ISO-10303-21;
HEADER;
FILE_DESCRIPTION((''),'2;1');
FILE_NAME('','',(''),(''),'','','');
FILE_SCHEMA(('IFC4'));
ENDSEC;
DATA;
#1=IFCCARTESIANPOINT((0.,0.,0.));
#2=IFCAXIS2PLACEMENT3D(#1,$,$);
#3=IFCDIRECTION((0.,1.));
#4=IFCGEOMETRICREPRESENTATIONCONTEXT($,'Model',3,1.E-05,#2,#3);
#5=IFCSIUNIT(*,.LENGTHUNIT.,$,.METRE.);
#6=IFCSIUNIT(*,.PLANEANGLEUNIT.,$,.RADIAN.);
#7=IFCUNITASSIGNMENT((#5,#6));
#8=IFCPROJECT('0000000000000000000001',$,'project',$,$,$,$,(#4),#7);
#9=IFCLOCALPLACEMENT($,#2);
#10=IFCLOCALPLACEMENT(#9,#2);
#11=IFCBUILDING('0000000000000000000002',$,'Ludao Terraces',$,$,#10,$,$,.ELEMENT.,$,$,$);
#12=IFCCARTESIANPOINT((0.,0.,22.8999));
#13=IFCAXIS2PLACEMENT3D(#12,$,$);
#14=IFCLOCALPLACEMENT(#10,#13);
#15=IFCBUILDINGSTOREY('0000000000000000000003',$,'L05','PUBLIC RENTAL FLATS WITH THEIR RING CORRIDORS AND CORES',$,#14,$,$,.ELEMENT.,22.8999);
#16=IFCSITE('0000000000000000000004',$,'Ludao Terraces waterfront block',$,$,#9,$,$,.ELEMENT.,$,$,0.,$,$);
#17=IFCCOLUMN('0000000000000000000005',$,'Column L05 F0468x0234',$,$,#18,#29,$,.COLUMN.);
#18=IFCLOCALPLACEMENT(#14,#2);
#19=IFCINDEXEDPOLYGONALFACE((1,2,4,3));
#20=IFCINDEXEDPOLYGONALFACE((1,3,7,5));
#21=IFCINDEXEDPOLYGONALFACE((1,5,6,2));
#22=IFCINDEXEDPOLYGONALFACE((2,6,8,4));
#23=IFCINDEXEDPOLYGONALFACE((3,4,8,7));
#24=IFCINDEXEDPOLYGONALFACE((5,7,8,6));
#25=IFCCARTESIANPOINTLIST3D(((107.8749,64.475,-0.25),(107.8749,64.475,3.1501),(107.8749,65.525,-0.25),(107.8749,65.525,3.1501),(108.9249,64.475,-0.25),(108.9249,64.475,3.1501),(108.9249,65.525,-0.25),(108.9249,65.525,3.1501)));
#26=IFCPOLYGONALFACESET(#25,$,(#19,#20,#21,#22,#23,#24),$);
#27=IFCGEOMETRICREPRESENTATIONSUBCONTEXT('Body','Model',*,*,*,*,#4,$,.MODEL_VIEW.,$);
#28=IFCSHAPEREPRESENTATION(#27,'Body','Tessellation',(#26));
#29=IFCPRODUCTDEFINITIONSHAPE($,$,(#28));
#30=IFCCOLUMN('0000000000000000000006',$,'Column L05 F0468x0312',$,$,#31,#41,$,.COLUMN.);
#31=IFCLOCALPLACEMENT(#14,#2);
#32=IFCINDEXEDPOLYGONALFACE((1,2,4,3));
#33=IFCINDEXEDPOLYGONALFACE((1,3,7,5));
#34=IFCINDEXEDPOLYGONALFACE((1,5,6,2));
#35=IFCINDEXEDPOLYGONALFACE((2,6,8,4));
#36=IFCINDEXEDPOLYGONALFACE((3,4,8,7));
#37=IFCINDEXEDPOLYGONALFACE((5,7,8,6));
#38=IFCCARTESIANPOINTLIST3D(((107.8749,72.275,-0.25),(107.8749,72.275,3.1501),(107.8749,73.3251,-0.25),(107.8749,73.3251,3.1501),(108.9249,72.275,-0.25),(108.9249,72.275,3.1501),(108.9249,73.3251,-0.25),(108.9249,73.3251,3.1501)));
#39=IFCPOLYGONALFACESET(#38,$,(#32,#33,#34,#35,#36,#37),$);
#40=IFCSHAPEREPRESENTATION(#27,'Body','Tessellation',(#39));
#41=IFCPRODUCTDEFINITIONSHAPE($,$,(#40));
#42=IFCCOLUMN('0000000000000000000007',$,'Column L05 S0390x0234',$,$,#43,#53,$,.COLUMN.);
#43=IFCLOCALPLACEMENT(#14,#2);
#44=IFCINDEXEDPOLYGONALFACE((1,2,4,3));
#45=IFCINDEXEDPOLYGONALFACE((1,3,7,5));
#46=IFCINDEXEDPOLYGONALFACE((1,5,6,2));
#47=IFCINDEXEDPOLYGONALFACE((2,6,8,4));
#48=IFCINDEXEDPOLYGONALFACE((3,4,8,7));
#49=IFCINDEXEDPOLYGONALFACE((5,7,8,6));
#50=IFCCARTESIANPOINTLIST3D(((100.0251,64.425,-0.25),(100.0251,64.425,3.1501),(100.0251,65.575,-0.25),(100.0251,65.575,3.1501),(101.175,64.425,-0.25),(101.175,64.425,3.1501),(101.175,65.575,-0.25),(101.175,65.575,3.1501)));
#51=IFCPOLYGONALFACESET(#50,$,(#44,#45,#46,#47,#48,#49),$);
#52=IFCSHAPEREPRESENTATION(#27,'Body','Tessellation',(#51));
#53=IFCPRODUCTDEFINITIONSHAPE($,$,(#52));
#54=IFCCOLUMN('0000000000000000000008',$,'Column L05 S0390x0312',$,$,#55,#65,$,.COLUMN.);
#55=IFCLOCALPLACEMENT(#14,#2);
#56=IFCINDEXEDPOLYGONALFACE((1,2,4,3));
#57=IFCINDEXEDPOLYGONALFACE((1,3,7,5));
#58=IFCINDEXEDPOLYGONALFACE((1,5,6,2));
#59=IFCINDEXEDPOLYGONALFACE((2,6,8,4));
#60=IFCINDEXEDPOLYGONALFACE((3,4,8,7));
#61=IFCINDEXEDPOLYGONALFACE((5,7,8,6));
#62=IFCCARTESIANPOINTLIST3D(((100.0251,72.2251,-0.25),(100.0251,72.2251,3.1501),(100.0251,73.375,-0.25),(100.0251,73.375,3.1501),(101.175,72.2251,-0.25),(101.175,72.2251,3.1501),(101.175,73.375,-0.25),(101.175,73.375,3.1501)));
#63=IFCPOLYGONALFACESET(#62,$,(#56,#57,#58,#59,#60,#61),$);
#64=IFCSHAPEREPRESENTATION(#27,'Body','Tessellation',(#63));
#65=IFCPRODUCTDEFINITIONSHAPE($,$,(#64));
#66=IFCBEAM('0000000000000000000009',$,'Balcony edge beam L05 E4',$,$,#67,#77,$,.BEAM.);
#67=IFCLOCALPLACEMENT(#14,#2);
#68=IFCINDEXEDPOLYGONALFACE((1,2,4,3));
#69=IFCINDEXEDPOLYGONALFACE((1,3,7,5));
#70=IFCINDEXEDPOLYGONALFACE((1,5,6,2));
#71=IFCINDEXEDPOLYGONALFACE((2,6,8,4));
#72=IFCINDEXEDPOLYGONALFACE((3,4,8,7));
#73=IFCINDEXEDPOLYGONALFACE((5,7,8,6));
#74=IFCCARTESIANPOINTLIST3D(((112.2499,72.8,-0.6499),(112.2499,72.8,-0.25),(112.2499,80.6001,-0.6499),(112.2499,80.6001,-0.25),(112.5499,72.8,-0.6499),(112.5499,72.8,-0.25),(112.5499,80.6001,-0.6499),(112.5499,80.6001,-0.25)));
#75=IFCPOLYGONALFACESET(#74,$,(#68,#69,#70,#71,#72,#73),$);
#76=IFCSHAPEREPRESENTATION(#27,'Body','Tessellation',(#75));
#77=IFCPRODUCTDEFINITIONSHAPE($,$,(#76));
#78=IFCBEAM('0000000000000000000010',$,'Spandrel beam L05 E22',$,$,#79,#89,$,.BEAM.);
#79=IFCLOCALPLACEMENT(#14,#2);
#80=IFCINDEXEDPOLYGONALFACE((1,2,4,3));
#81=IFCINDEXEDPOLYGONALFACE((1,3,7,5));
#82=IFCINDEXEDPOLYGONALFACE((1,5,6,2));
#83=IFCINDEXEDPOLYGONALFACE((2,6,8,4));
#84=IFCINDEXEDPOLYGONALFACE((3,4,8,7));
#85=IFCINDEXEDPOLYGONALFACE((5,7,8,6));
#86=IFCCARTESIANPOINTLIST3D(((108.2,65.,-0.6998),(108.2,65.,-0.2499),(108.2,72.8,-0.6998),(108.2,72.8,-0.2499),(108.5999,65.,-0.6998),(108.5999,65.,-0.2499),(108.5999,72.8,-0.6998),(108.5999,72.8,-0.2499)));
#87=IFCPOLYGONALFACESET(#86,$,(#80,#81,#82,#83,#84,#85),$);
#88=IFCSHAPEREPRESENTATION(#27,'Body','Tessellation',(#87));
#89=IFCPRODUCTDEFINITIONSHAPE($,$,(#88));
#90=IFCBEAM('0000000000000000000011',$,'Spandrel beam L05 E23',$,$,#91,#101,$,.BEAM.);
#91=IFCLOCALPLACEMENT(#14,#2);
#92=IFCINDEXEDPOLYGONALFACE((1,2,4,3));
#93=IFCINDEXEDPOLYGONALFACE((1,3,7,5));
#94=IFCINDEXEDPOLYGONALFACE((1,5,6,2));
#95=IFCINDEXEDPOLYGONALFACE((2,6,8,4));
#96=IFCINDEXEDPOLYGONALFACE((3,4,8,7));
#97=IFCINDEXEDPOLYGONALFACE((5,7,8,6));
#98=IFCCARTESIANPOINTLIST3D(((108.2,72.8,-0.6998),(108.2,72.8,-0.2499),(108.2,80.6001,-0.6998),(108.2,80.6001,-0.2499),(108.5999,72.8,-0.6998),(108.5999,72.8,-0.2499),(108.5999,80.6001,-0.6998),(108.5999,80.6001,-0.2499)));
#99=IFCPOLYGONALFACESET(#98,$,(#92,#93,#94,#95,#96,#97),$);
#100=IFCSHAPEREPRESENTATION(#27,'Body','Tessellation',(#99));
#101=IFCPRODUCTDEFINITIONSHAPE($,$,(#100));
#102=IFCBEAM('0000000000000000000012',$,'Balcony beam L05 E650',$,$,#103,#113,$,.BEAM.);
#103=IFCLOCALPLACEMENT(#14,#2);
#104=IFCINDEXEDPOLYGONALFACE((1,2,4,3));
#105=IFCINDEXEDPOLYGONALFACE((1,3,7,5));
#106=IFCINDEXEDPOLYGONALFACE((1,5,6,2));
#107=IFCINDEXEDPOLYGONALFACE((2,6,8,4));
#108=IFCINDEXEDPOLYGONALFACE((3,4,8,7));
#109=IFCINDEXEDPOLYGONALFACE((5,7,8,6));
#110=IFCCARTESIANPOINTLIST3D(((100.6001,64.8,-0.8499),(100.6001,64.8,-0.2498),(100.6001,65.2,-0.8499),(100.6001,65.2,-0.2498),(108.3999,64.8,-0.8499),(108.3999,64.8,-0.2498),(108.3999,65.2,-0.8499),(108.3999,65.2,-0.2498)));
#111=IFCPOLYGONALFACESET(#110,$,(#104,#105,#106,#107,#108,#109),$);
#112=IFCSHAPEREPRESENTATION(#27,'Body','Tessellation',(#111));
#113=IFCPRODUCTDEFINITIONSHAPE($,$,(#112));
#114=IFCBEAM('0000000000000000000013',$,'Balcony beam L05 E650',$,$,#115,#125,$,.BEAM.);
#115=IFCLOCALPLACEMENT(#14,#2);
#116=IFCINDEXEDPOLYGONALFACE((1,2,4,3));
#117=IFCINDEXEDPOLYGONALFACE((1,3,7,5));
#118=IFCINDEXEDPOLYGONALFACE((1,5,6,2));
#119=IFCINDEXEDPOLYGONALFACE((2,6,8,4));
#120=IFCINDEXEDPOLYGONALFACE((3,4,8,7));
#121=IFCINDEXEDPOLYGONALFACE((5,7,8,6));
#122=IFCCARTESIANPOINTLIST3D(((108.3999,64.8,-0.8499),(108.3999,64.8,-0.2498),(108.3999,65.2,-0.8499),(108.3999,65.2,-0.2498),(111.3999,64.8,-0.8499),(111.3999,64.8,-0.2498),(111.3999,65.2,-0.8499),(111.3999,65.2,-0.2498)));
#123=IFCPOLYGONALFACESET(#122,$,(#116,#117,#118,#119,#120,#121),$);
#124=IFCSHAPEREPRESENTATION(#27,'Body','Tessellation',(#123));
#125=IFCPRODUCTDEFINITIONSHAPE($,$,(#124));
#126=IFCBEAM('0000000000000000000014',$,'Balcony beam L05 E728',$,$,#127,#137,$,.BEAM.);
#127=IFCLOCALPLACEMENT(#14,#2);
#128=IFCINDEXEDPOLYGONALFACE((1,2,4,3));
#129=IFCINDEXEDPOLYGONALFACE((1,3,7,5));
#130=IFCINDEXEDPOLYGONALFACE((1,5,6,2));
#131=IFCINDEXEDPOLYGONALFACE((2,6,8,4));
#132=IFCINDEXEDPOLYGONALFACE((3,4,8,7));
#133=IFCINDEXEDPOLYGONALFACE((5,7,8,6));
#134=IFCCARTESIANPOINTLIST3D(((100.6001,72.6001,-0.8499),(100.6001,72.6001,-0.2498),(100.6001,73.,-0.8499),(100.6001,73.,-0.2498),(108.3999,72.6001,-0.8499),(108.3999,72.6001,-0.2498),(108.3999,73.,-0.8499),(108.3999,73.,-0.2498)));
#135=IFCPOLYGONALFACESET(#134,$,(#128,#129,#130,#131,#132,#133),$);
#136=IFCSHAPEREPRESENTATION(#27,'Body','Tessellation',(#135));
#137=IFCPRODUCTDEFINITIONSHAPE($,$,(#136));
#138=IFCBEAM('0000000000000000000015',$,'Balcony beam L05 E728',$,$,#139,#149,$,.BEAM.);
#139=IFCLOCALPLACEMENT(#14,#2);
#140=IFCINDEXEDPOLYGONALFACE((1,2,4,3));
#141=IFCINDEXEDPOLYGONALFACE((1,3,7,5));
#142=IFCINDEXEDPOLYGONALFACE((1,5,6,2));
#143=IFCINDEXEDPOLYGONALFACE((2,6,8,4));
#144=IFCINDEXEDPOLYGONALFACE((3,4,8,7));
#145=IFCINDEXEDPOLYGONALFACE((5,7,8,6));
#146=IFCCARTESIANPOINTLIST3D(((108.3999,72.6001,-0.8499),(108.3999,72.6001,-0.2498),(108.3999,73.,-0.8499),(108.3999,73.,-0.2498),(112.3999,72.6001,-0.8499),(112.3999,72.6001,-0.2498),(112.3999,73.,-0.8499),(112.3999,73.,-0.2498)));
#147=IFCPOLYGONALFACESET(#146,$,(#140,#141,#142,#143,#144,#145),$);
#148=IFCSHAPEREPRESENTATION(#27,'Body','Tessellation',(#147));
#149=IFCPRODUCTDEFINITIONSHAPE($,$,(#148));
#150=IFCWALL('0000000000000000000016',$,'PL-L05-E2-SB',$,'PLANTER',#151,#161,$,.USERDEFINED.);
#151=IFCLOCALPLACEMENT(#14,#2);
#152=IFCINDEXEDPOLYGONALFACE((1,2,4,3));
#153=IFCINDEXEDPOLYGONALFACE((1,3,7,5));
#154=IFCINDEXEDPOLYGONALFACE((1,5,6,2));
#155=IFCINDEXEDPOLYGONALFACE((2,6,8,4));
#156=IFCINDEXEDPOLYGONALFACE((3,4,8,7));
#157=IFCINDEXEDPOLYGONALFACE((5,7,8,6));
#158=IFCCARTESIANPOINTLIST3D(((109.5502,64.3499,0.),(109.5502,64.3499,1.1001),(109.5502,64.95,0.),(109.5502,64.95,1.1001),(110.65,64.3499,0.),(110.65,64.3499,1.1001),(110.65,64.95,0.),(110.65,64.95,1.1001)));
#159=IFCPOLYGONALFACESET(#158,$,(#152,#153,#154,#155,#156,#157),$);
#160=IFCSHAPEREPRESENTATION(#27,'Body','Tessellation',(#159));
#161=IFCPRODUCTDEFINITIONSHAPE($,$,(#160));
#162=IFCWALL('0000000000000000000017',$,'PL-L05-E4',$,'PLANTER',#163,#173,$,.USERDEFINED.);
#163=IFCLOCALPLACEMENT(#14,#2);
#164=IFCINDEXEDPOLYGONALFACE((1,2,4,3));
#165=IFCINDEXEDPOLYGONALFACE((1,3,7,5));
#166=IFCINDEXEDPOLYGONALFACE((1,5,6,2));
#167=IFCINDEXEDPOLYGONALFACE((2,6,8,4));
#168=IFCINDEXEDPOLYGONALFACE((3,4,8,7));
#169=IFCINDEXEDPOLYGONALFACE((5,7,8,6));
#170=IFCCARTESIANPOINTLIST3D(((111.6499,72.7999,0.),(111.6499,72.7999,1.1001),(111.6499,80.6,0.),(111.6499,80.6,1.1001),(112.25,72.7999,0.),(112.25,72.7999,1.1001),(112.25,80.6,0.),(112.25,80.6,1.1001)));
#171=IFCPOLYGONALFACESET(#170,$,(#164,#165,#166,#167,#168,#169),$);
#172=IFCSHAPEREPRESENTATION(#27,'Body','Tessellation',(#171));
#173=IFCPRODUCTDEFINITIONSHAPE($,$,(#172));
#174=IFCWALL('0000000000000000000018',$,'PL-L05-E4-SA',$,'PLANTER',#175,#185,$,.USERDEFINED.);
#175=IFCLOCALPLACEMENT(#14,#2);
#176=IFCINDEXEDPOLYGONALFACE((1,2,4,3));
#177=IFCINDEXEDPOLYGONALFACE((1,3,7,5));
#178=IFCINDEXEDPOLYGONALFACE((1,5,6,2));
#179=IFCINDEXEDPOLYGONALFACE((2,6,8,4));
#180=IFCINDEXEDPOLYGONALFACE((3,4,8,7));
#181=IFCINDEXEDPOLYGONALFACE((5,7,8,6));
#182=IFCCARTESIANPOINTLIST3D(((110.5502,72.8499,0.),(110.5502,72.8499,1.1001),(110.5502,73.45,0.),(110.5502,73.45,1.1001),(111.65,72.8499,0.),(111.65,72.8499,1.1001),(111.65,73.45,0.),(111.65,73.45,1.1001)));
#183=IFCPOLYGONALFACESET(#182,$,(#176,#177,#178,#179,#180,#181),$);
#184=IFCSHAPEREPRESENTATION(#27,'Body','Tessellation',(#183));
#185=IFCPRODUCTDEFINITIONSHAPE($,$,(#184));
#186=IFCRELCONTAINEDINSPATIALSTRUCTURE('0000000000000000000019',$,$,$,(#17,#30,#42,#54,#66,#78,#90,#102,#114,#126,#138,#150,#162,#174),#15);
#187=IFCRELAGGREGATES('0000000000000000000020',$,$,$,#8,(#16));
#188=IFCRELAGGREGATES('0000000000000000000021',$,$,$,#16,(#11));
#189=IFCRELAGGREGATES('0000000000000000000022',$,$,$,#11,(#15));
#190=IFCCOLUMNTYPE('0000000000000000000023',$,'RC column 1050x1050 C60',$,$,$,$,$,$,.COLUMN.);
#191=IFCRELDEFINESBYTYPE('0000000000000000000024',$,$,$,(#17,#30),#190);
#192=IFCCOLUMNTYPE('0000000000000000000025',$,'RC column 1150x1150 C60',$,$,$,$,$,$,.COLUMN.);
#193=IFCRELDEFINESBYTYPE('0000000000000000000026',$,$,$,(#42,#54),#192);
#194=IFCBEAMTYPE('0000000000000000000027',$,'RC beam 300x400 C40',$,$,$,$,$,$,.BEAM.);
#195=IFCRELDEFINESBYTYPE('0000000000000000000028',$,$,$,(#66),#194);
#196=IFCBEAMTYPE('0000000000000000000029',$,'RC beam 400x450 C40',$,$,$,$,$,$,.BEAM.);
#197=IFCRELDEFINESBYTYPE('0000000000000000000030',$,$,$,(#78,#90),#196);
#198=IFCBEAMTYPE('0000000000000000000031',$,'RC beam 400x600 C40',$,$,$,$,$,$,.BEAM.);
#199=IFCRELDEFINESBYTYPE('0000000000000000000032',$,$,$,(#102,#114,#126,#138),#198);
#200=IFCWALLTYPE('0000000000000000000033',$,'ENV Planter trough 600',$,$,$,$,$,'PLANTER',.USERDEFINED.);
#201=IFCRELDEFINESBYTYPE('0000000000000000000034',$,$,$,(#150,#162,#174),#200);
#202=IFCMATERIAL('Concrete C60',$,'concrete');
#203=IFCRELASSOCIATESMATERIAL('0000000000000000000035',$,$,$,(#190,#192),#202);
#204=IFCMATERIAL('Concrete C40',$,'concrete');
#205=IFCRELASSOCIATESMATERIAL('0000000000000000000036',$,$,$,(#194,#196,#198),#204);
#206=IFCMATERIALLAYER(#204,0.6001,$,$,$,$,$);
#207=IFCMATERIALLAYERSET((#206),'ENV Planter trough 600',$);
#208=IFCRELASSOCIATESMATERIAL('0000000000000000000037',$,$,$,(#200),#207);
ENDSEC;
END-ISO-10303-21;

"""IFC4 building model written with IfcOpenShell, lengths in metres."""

from ifc_helpers import new_model, si_unit, direction, frame, frame_2d, origin, origin_2d, place, context, subcontext, project, spatial, rectangle, extrude, material, layer, layer_set, material_profile, profile_set, type_object, element, save


model = new_model("IFC4")

# Units and contexts
model_context = context("Model", 3, precision=1e-05, world=origin(), true_north=direction((0.0, 1.0)))
body_context = subcontext(model_context, "Body", "Model", "MODEL_VIEW")
ifc_project = project(units=[si_unit("LENGTHUNIT", "METRE"), si_unit("PLANEANGLEUNIT", "RADIAN")], contexts=[model_context])

# Site, building, storey
site_placement = place(None, origin())
site = spatial("IfcSite", under=ifc_project, at=site_placement, Name="Ludao Terraces waterfront block", CompositionType="ELEMENT", RefElevation=0.0)
building_placement = place(site_placement, origin())
building = spatial("IfcBuilding", under=site, at=building_placement, Name="Ludao Terraces", CompositionType="ELEMENT")
storey_placement = place(building_placement, frame((0.0, 0.0, 22.8999)))
storey = spatial("IfcBuildingStorey", under=building, at=storey_placement, Name="L05", Description="PUBLIC RENTAL FLATS WITH THEIR RING CORRIDORS AND CORES", CompositionType="ELEMENT", Elevation=22.8999)

# Columns
ifc_material_1 = material(Name="Concrete C60", Category="concrete")
ifc_material_profile_1 = material_profile(ifc_material_1, rectangle(XDim=1.05, YDim=1.05, at=origin_2d()), Name="1050 X 1050")
ifc_profile_set_1 = profile_set([ifc_material_profile_1], Name="Concrete C60")
column_type_1 = type_object("IfcColumnType", Name="RC column 1050x1050 C60", PredefinedType="COLUMN", material=ifc_profile_set_1)
for number, where, z_axis, x_axis, name in (
    (1, (108.3999, 65.0, -0.25), (0.0, 0.0, 1.0), (1.0, 0.0, 0.0), "Column L05 F0468x0234"),
    (2, (108.3999, 72.8, -0.25), (0.0, 0.0, 1.0), (1.0, 0.0, 0.0), "Column L05 F0468x0312"),
):
    element("IfcColumn", number, at=place(storey_placement, frame(where, z_axis=z_axis, x_axis=x_axis)), inside=storey, type_object=column_type_1, Name=name, PredefinedType="COLUMN", context=body_context, shape_type="SweptSolid", body=[
        extrude(rectangle(XDim=1.05, YDim=1.05, at=origin_2d()), origin(), (0.0, 0.0, 1.0), 3.4001),
    ])
ifc_material_profile_2 = material_profile(ifc_material_1, rectangle(XDim=1.1499, YDim=1.1499, at=origin_2d()), Name="1150 X 1150")
ifc_profile_set_2 = profile_set([ifc_material_profile_2], Name="Concrete C60")
column_type_2 = type_object("IfcColumnType", Name="RC column 1150x1150 C60", PredefinedType="COLUMN", material=ifc_profile_set_2)
for number, where, z_axis, x_axis, name in (
    (3, (100.6001, 65.0, -0.25), (0.0, 0.0, 1.0), (1.0, 0.0, 0.0), "Column L05 S0390x0234"),
    (4, (100.6001, 72.8, -0.25), (0.0, 0.0, 1.0), (1.0, 0.0, 0.0), "Column L05 S0390x0312"),
):
    element("IfcColumn", number, at=place(storey_placement, frame(where, z_axis=z_axis, x_axis=x_axis)), inside=storey, type_object=column_type_2, Name=name, PredefinedType="COLUMN", context=body_context, shape_type="SweptSolid", body=[
        extrude(rectangle(XDim=1.1499, YDim=1.1499, at=origin_2d()), origin(), (0.0, 0.0, 1.0), 3.4001),
    ])

# Beams
ifc_material_2 = material(Name="Concrete C40", Category="concrete")
ifc_material_profile_3 = material_profile(ifc_material_2, rectangle(XDim=0.3, YDim=0.3999, at=origin_2d()), Name="300 X 400")
ifc_profile_set_3 = profile_set([ifc_material_profile_3], Name="Concrete C40")
beam_type_1 = type_object("IfcBeamType", Name="RC beam 300x400 C40", PredefinedType="BEAM", material=ifc_profile_set_3)
beam_1_placement = place(storey_placement, frame((112.3999, 72.8, -0.45), z_axis=(0.0, 1.0, 0.0), x_axis=(-1.0, 0.0, 0.0)))
element("IfcBeam", 5, at=beam_1_placement, inside=storey, type_object=beam_type_1, Name="Balcony edge beam L05 E4", PredefinedType="BEAM", context=body_context, shape_type="SweptSolid", body=[
    extrude(rectangle(XDim=0.3, YDim=0.3999, at=origin_2d()), origin(), (0.0, 0.0, 1.0), 7.8),
])
ifc_material_profile_4 = material_profile(ifc_material_2, rectangle(XDim=0.3999, YDim=0.45, at=origin_2d()), Name="400 X 450")
ifc_profile_set_4 = profile_set([ifc_material_profile_4], Name="Concrete C40")
beam_type_2 = type_object("IfcBeamType", Name="RC beam 400x450 C40", PredefinedType="BEAM", material=ifc_profile_set_4)
for number, where, z_axis, x_axis, name in (
    (6, (108.3999, 65.0, -0.4749), (0.0, 1.0, 0.0), (-1.0, 0.0, 0.0), "Spandrel beam L05 E22"),
    (7, (108.3999, 72.8, -0.4749), (0.0, 1.0, 0.0), (-1.0, 0.0, 0.0), "Spandrel beam L05 E23"),
):
    element("IfcBeam", number, at=place(storey_placement, frame(where, z_axis=z_axis, x_axis=x_axis)), inside=storey, type_object=beam_type_2, Name=name, PredefinedType="BEAM", context=body_context, shape_type="SweptSolid", body=[
        extrude(rectangle(XDim=0.3999, YDim=0.45, at=origin_2d()), origin(), (0.0, 0.0, 1.0), 7.8),
    ])
ifc_material_profile_5 = material_profile(ifc_material_2, rectangle(XDim=0.3999, YDim=0.6001, at=origin_2d()), Name="400 X 600")
ifc_profile_set_5 = profile_set([ifc_material_profile_5], Name="Concrete C40")
beam_type_3 = type_object("IfcBeamType", Name="RC beam 400x600 C40", PredefinedType="BEAM", material=ifc_profile_set_5)
beam_2_placement = place(storey_placement, frame((100.6001, 65.0, -0.5498), z_axis=(1.0, 0.0, 0.0), x_axis=(0.0, 1.0, 0.0)))
element("IfcBeam", 8, at=beam_2_placement, inside=storey, type_object=beam_type_3, Name="Balcony beam L05 E650", PredefinedType="BEAM", context=body_context, shape_type="SweptSolid", body=[
    extrude(rectangle(XDim=0.3999, YDim=0.6001, at=origin_2d()), origin(), (0.0, 0.0, 1.0), 7.7998),
])
beam_3_placement = place(storey_placement, frame((108.3999, 65.0, -0.5498), z_axis=(1.0, 0.0, 0.0), x_axis=(0.0, 1.0, 0.0)))
element("IfcBeam", 9, at=beam_3_placement, inside=storey, type_object=beam_type_3, Name="Balcony beam L05 E650", PredefinedType="BEAM", context=body_context, shape_type="SweptSolid", body=[
    extrude(rectangle(XDim=0.3999, YDim=0.6001, at=origin_2d()), origin(), (0.0, 0.0, 1.0), 3.0),
])
beam_4_placement = place(storey_placement, frame((100.6001, 72.8, -0.5498), z_axis=(1.0, 0.0, 0.0), x_axis=(0.0, 1.0, 0.0)))
element("IfcBeam", 10, at=beam_4_placement, inside=storey, type_object=beam_type_3, Name="Balcony beam L05 E728", PredefinedType="BEAM", context=body_context, shape_type="SweptSolid", body=[
    extrude(rectangle(XDim=0.3999, YDim=0.6001, at=origin_2d()), origin(), (0.0, 0.0, 1.0), 7.7998),
])
beam_5_placement = place(storey_placement, frame((108.3999, 72.8, -0.5498), z_axis=(1.0, 0.0, 0.0), x_axis=(0.0, 1.0, 0.0)))
element("IfcBeam", 11, at=beam_5_placement, inside=storey, type_object=beam_type_3, Name="Balcony beam L05 E728", PredefinedType="BEAM", context=body_context, shape_type="SweptSolid", body=[
    extrude(rectangle(XDim=0.3999, YDim=0.6001, at=origin_2d()), origin(), (0.0, 0.0, 1.0), 4.0),
])

# Walls
ifc_layer_1 = layer(ifc_material_2, 0.6001)
ifc_layer_set_1 = layer_set([ifc_layer_1], Name="ENV Planter trough 600")
wall_type_1 = type_object("IfcWallType", Name="ENV Planter trough 600", ElementType="PLANTER", PredefinedType="USERDEFINED", material=ifc_layer_set_1)
wall_1_placement = place(storey_placement, frame((110.6499, 64.6499, 0.0), z_axis=(0.0, 0.0, 1.0), x_axis=(-1.0, 0.0, 0.0)))
element("IfcWall", 12, at=wall_1_placement, inside=storey, type_object=wall_type_1, Name="PL-L05-E2-SB", ObjectType="PLANTER", PredefinedType="USERDEFINED", context=body_context, shape_type="SweptSolid", body=[
    extrude(rectangle(XDim=1.0999, YDim=0.6001, at=frame_2d((0.5498, 0.0))), origin(), (0.0, 0.0, 1.0), 1.1001),
])
wall_2_placement = place(storey_placement, frame((111.95, 72.8, 0.0), z_axis=(0.0, 0.0, 1.0), x_axis=(0.0, 1.0, 0.0)))
element("IfcWall", 13, at=wall_2_placement, inside=storey, type_object=wall_type_1, Name="PL-L05-E4", ObjectType="PLANTER", PredefinedType="USERDEFINED", context=body_context, shape_type="SweptSolid", body=[
    extrude(rectangle(XDim=7.8, YDim=0.6001, at=frame_2d((3.8999, 0.0))), origin(), (0.0, 0.0, 1.0), 1.1001),
])
wall_3_placement = place(storey_placement, frame((111.6499, 73.1499, 0.0), z_axis=(0.0, 0.0, 1.0), x_axis=(-1.0, 0.0, 0.0)))
element("IfcWall", 14, at=wall_3_placement, inside=storey, type_object=wall_type_1, Name="PL-L05-E4-SA", ObjectType="PLANTER", PredefinedType="USERDEFINED", context=body_context, shape_type="SweptSolid", body=[
    extrude(rectangle(XDim=1.0999, YDim=0.6001, at=frame_2d((0.5498, 0.0))), origin(), (0.0, 0.0, 1.0), 1.1001),
])

save(model, "model.ifc")
